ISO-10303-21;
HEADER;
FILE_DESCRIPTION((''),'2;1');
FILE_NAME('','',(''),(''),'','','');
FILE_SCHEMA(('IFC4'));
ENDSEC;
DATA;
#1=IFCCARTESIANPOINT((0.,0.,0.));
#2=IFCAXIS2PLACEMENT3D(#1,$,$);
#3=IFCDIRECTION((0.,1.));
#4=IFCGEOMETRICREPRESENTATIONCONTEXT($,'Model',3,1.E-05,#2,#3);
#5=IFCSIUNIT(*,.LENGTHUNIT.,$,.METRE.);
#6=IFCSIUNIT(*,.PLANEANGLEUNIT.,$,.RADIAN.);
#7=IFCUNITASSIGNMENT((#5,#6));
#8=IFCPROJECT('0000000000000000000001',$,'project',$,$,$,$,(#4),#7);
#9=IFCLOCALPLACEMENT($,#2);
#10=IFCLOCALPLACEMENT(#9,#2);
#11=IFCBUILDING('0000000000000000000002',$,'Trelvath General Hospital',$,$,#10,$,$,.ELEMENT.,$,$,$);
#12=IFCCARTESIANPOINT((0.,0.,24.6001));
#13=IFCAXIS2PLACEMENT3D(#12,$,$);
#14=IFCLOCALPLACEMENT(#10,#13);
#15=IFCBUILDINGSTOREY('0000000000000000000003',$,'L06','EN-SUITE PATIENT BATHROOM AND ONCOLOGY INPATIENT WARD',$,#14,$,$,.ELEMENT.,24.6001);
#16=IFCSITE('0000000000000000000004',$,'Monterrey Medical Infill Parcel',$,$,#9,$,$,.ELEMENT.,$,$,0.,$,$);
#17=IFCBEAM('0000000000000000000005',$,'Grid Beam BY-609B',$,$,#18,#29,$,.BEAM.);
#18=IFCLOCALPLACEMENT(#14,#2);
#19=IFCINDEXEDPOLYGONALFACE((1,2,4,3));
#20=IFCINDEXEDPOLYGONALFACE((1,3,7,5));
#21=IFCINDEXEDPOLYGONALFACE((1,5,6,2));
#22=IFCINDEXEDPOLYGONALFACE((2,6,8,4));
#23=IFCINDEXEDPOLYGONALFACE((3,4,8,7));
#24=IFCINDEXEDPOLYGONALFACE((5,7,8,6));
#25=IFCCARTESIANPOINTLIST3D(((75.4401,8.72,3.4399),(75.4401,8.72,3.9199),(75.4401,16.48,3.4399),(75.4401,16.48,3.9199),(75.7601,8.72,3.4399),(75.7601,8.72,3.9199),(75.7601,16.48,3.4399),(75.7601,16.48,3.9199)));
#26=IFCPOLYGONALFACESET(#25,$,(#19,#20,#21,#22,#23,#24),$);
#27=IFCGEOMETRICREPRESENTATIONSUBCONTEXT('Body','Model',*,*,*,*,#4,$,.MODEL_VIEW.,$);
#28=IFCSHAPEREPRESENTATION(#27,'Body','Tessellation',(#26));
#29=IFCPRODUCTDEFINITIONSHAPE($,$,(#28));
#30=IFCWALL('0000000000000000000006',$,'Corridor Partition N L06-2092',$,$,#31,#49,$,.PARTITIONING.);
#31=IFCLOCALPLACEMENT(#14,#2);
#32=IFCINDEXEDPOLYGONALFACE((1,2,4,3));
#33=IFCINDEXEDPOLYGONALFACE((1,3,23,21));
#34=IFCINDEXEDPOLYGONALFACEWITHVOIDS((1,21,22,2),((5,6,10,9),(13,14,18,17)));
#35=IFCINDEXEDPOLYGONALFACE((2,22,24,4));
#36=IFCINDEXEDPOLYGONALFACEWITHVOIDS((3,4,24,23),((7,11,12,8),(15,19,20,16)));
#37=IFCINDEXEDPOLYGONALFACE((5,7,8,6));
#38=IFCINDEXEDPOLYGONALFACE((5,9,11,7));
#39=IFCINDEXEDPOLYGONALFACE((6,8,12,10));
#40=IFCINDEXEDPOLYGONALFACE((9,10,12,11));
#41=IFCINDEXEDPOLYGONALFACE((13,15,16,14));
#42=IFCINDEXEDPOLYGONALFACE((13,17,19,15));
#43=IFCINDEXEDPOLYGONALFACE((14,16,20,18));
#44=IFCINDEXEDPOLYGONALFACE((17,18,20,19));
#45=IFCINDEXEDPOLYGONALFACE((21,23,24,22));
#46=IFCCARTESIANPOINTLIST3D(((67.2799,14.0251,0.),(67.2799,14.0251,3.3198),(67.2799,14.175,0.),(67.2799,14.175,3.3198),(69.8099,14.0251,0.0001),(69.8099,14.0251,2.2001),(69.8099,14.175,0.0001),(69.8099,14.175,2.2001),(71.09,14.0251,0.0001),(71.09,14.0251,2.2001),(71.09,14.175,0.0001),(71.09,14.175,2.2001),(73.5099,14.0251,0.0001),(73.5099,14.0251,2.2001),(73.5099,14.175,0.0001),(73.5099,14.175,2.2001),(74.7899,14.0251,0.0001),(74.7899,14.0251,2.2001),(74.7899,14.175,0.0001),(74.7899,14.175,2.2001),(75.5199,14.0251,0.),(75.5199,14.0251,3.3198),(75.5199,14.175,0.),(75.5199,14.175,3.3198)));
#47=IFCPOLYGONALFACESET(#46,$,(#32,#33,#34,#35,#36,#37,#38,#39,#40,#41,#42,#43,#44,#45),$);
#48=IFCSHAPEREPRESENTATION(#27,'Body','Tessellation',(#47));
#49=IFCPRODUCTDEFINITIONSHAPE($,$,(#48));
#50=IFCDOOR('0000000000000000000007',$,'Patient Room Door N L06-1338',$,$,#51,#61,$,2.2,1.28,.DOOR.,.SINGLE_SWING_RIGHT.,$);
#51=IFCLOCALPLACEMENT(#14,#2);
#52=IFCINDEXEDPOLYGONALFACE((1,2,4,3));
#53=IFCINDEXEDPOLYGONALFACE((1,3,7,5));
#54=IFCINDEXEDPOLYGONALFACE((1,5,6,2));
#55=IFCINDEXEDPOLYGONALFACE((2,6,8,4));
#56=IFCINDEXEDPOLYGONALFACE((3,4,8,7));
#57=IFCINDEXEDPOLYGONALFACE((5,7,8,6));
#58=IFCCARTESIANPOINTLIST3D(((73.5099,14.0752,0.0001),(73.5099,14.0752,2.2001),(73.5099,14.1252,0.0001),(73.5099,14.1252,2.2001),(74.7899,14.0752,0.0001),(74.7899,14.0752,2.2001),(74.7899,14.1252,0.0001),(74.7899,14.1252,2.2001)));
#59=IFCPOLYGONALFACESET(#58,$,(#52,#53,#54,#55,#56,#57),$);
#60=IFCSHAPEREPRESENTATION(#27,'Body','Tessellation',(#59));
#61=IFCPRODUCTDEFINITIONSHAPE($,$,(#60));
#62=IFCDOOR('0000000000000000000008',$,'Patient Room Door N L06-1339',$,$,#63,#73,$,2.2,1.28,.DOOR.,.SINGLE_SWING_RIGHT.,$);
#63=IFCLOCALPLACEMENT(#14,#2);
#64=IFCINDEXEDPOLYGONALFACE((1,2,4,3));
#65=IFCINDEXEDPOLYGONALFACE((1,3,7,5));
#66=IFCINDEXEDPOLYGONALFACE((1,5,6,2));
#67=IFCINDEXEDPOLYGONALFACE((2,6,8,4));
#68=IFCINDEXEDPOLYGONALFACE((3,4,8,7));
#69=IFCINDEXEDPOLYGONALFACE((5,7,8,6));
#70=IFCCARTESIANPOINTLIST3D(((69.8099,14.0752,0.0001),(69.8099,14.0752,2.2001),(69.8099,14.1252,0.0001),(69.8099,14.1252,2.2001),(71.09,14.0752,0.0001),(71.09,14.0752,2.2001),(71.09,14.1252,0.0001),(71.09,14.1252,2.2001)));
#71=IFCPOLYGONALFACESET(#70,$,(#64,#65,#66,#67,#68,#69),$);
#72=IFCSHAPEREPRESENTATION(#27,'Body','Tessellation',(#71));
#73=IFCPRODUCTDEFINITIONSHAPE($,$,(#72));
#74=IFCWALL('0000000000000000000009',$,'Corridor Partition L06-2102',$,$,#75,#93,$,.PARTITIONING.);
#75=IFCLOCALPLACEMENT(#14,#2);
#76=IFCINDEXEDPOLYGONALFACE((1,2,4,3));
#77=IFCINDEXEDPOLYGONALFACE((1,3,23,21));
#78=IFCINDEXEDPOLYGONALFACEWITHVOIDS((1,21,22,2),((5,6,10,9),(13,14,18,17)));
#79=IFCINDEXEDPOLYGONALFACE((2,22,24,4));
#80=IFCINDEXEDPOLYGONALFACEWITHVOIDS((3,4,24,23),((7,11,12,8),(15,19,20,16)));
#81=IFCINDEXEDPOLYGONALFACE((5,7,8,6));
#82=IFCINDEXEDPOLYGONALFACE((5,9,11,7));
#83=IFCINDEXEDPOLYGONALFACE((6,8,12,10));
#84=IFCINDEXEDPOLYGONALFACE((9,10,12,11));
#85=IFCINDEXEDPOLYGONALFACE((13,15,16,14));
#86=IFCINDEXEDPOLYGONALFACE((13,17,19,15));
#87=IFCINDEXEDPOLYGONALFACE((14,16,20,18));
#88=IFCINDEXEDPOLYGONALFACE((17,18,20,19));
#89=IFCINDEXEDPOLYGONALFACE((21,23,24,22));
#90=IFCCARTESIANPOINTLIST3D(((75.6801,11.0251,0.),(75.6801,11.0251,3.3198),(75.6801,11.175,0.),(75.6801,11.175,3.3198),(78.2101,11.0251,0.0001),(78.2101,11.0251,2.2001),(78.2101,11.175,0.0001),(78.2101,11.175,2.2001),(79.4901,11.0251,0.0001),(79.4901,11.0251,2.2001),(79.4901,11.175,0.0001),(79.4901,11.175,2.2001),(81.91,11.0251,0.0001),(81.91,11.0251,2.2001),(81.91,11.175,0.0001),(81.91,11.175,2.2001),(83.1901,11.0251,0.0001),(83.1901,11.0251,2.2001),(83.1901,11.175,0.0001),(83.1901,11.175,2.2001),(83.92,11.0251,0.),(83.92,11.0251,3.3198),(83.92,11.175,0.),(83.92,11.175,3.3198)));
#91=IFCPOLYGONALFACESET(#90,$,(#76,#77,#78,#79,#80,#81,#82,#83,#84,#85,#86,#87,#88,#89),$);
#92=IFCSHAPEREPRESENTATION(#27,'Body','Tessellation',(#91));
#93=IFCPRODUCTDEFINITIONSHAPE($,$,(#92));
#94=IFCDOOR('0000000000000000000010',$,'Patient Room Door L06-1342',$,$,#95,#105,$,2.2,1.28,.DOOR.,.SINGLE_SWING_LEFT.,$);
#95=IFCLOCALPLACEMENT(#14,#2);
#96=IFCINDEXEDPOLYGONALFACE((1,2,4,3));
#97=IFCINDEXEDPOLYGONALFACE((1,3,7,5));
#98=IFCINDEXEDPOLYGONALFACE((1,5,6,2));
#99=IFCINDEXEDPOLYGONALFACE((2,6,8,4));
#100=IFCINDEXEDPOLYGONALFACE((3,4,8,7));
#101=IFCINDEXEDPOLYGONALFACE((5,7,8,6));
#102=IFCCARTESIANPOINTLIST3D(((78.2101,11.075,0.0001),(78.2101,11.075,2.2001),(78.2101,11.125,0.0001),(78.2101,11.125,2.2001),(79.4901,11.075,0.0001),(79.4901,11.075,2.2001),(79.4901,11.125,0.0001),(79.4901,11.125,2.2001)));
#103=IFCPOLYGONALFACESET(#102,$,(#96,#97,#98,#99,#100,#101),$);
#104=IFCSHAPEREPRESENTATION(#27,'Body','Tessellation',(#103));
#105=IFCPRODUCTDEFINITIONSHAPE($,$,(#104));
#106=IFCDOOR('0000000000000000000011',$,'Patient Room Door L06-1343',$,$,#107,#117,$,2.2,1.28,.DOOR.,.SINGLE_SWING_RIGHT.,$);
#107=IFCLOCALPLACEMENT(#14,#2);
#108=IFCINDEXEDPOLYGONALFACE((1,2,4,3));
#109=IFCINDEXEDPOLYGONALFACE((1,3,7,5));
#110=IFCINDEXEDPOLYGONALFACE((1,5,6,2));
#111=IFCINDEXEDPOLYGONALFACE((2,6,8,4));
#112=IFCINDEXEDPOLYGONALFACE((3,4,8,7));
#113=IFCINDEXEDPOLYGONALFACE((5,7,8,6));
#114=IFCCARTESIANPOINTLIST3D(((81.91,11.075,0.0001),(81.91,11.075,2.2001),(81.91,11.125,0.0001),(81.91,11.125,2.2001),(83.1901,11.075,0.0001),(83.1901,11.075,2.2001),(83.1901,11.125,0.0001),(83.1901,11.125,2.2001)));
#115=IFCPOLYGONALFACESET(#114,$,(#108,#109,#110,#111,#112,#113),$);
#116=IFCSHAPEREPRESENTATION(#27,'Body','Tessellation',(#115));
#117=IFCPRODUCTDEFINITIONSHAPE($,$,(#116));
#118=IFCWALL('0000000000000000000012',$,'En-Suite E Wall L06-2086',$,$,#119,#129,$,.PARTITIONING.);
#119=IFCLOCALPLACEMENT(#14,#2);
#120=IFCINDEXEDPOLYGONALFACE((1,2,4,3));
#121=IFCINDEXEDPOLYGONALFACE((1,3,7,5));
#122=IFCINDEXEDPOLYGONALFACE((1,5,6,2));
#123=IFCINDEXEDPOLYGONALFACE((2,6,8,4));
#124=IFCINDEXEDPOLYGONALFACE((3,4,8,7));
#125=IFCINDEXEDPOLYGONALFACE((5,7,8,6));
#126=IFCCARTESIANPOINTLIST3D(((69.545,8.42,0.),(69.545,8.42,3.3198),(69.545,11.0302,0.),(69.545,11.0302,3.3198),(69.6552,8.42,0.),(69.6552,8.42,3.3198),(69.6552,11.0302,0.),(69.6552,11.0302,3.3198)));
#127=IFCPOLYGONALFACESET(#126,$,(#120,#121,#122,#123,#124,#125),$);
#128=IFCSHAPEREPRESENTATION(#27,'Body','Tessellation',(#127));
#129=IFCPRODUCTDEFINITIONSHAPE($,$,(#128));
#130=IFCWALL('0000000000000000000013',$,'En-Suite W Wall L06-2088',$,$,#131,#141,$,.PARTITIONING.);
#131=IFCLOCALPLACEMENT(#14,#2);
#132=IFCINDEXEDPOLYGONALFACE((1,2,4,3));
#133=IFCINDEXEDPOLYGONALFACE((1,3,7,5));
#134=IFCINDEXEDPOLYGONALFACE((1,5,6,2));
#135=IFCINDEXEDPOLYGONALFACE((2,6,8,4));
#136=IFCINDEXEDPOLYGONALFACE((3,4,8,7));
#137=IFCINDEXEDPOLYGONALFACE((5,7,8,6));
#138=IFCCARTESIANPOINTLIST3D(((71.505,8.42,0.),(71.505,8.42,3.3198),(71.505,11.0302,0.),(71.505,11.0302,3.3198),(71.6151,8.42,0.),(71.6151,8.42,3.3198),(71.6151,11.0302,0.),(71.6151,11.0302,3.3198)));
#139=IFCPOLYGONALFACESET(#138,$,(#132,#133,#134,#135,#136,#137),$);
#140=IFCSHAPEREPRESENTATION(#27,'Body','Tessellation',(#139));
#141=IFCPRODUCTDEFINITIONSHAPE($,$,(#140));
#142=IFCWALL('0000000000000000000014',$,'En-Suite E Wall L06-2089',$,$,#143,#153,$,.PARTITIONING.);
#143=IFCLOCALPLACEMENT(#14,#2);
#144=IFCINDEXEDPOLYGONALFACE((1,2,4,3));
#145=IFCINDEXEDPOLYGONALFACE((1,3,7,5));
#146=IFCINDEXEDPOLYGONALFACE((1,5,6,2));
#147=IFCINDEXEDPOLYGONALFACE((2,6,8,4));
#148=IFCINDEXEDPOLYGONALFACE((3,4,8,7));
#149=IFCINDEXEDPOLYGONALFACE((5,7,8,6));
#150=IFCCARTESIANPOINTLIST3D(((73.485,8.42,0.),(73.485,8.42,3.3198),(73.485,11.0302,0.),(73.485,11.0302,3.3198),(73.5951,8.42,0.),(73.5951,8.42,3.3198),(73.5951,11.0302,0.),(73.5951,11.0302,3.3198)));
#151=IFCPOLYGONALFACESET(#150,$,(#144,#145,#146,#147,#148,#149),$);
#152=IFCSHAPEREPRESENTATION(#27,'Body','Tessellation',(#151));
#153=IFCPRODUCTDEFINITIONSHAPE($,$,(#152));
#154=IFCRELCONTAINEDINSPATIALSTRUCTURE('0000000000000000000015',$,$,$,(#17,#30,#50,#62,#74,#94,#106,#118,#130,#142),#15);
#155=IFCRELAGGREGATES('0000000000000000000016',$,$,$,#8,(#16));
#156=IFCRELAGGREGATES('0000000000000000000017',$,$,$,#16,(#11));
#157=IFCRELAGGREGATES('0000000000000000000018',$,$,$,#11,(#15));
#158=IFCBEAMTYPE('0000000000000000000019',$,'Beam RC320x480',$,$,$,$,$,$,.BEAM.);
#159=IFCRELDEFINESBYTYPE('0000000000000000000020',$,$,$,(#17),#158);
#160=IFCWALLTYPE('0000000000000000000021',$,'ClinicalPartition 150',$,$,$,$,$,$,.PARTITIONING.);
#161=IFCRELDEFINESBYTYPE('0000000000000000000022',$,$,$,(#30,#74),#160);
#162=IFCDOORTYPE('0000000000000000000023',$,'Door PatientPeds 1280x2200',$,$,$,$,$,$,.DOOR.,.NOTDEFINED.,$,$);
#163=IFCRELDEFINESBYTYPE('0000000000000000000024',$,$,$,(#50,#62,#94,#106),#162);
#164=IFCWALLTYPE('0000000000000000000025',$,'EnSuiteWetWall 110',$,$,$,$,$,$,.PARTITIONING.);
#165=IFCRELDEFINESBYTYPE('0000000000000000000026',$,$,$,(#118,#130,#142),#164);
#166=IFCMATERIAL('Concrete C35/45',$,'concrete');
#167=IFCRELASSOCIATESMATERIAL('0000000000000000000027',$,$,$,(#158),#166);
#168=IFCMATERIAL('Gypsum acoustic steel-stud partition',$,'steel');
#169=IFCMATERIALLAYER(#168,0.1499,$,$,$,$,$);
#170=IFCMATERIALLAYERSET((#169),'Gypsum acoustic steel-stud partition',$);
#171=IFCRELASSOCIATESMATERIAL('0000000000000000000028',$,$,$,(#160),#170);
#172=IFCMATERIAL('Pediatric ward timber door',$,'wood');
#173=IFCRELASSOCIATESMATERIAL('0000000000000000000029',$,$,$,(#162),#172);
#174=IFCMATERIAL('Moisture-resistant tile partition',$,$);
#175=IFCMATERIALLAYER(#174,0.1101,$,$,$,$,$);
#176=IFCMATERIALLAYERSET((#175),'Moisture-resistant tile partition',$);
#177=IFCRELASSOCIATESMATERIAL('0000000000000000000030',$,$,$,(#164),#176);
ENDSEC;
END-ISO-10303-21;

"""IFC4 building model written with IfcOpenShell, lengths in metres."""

from ifc_helpers import new_model, si_unit, direction, frame, frame_2d, origin, origin_2d, place, context, subcontext, project, spatial, rectangle, extrude, material, layer, layer_set, material_profile, profile_set, type_object, element, fill, save


model = new_model("IFC4")

# Units and contexts
model_context = context("Model", 3, precision=1e-05, world=origin(), true_north=direction((0.0, 1.0)))
body_context = subcontext(model_context, "Body", "Model", "MODEL_VIEW")
ifc_project = project(units=[si_unit("LENGTHUNIT", "METRE"), si_unit("PLANEANGLEUNIT", "RADIAN")], contexts=[model_context])

# Site, building, storey
site_placement = place(None, origin())
site = spatial("IfcSite", under=ifc_project, at=site_placement, Name="Monterrey Medical Infill Parcel", CompositionType="ELEMENT", RefElevation=0.0)
building_placement = place(site_placement, origin())
building = spatial("IfcBuilding", under=site, at=building_placement, Name="Trelvath General Hospital", CompositionType="ELEMENT")
storey_placement = place(building_placement, frame((0.0, 0.0, 24.6001)))
storey = spatial("IfcBuildingStorey", under=building, at=storey_placement, Name="L06", Description="EN-SUITE PATIENT BATHROOM AND ONCOLOGY INPATIENT WARD", CompositionType="ELEMENT", Elevation=24.6001)

# Beam
ifc_material_1 = material(Name="Concrete C35/45", Category="concrete")
ifc_material_profile = material_profile(ifc_material_1, rectangle(XDim=0.3201, YDim=0.48, at=origin_2d()), Name="RCB320x480")
ifc_profile_set = profile_set([ifc_material_profile], Name="Concrete C35/45")
beam_type = type_object("IfcBeamType", Name="Beam RC320x480", PredefinedType="BEAM", material=ifc_profile_set)
beam_placement = place(storey_placement, frame((75.6001, 8.72, 3.6799), z_axis=(0.0, 1.0, 0.0), x_axis=(-1.0, 0.0, 0.0)))
element("IfcBeam", 1, at=beam_placement, inside=storey, type_object=beam_type, Name="Grid Beam BY-609B", PredefinedType="BEAM", context=body_context, shape_type="SweptSolid", body=[
    extrude(rectangle(XDim=0.3201, YDim=0.48, at=origin_2d()), origin(), (0.0, 0.0, 1.0), 7.76),
])

# Walls, openings, doors
ifc_material_2 = material(Name="Gypsum acoustic steel-stud partition", Category="steel")
ifc_layer_1 = layer(ifc_material_2, 0.1499)
ifc_layer_set_1 = layer_set([ifc_layer_1], Name="Gypsum acoustic steel-stud partition")
wall_type_1 = type_object("IfcWallType", Name="ClinicalPartition 150", PredefinedType="PARTITIONING", material=ifc_layer_set_1)
wall_1_placement = place(storey_placement, frame((75.52, 14.1001, 0.0), z_axis=(0.0, 0.0, 1.0), x_axis=(-1.0, 0.0, 0.0)))
wall_1 = element("IfcWall", 2, at=wall_1_placement, inside=storey, type_object=wall_type_1, Name="Corridor Partition N L06-2092", PredefinedType="PARTITIONING", context=body_context, shape_type="SweptSolid", body=[
    extrude(rectangle(XDim=8.24, YDim=0.1499, at=frame_2d((4.1201, 0.0))), origin(), (0.0, 0.0, 1.0), 3.3198),
])
opening_1_placement = place(wall_1_placement, frame((0.73, 0.0, 0.0)))
opening_1 = element("IfcOpeningElement", 3, at=opening_1_placement, cuts=wall_1, PredefinedType="OPENING", context=body_context, shape_type="SweptSolid", body=[
    extrude(rectangle(XDim=1.28, YDim=2.2, at=frame_2d((0.6401, 1.1001))), frame((0.0, 0.085, 0.0), z_axis=(0.0, -1.0, 0.0), x_axis=(1.0, 0.0, 0.0)), (0.0, 0.0, 1.0), 0.1699),
])
opening_2_placement = place(wall_1_placement, frame((4.4299, 0.0, 0.0)))
opening_2 = element("IfcOpeningElement", 4, at=opening_2_placement, cuts=wall_1, PredefinedType="OPENING", context=body_context, shape_type="SweptSolid", body=[
    extrude(rectangle(XDim=1.28, YDim=2.2, at=frame_2d((0.6401, 1.1001))), frame((0.0, 0.085, 0.0), z_axis=(0.0, -1.0, 0.0), x_axis=(1.0, 0.0, 0.0)), (0.0, 0.0, 1.0), 0.1699),
])
ifc_material_3 = material(Name="Pediatric ward timber door", Category="wood")
door_type_1 = type_object("IfcDoorType", Name="Door PatientPeds 1280x2200", OperationType="NOTDEFINED", PredefinedType="DOOR", material=ifc_material_3)
door_1_placement = place(opening_1_placement, origin())
door_1 = element("IfcDoor", 5, at=door_1_placement, inside=storey, type_object=door_type_1, Name="Patient Room Door N L06-1338", OperationType="SINGLE_SWING_RIGHT", OverallHeight=2.2, OverallWidth=1.28, PredefinedType="DOOR", context=body_context, shape_type="SweptSolid", body=[
    extrude(rectangle(XDim=1.28, YDim=2.2, at=frame_2d((0.6401, 1.1001))), frame((0.0, 0.0249, 0.0), z_axis=(0.0, -1.0, 0.0), x_axis=(1.0, 0.0, 0.0)), (0.0, 0.0, 1.0), 0.05),
])
fill(opening_1, door_1)
door_2_placement = place(opening_2_placement, origin())
door_2 = element("IfcDoor", 6, at=door_2_placement, inside=storey, type_object=door_type_1, Name="Patient Room Door N L06-1339", OperationType="SINGLE_SWING_RIGHT", OverallHeight=2.2, OverallWidth=1.28, PredefinedType="DOOR", context=body_context, shape_type="SweptSolid", body=[
    extrude(rectangle(XDim=1.28, YDim=2.2, at=frame_2d((0.6401, 1.1001))), frame((0.0, 0.0249, 0.0), z_axis=(0.0, -1.0, 0.0), x_axis=(1.0, 0.0, 0.0)), (0.0, 0.0, 1.0), 0.05),
])
fill(opening_2, door_2)
wall_2_placement = place(storey_placement, frame((75.6799, 11.1001, 0.0), z_axis=(0.0, 0.0, 1.0), x_axis=(1.0, 0.0, 0.0)))
wall_2 = element("IfcWall", 7, at=wall_2_placement, inside=storey, type_object=wall_type_1, Name="Corridor Partition L06-2102", PredefinedType="PARTITIONING", context=body_context, shape_type="SweptSolid", body=[
    extrude(rectangle(XDim=8.24, YDim=0.1499, at=frame_2d((4.1201, 0.0))), origin(), (0.0, 0.0, 1.0), 3.3198),
])
opening_3_placement = place(wall_2_placement, frame((2.53, 0.0, 0.0)))
opening_3 = element("IfcOpeningElement", 8, at=opening_3_placement, cuts=wall_2, PredefinedType="OPENING", context=body_context, shape_type="SweptSolid", body=[
    extrude(rectangle(XDim=1.28, YDim=2.2, at=frame_2d((0.6401, 1.1001))), frame((0.0, 0.085, 0.0), z_axis=(0.0, -1.0, 0.0), x_axis=(1.0, 0.0, 0.0)), (0.0, 0.0, 1.0), 0.1699),
])
opening_4_placement = place(wall_2_placement, frame((6.23, 0.0, 0.0)))
opening_4 = element("IfcOpeningElement", 9, at=opening_4_placement, cuts=wall_2, PredefinedType="OPENING", context=body_context, shape_type="SweptSolid", body=[
    extrude(rectangle(XDim=1.28, YDim=2.2, at=frame_2d((0.6401, 1.1001))), frame((0.0, 0.085, 0.0), z_axis=(0.0, -1.0, 0.0), x_axis=(1.0, 0.0, 0.0)), (0.0, 0.0, 1.0), 0.1699),
])
door_3_placement = place(opening_3_placement, origin())
door_3 = element("IfcDoor", 10, at=door_3_placement, inside=storey, type_object=door_type_1, Name="Patient Room Door L06-1342", OperationType="SINGLE_SWING_LEFT", OverallHeight=2.2, OverallWidth=1.28, PredefinedType="DOOR", context=body_context, shape_type="SweptSolid", body=[
    extrude(rectangle(XDim=1.28, YDim=2.2, at=frame_2d((0.6401, 1.1001))), frame((0.0, 0.0249, 0.0), z_axis=(0.0, -1.0, 0.0), x_axis=(1.0, 0.0, 0.0)), (0.0, 0.0, 1.0), 0.05),
])
fill(opening_3, door_3)
door_4_placement = place(opening_4_placement, origin())
door_4 = element("IfcDoor", 11, at=door_4_placement, inside=storey, type_object=door_type_1, Name="Patient Room Door L06-1343", OperationType="SINGLE_SWING_RIGHT", OverallHeight=2.2, OverallWidth=1.28, PredefinedType="DOOR", context=body_context, shape_type="SweptSolid", body=[
    extrude(rectangle(XDim=1.28, YDim=2.2, at=frame_2d((0.6401, 1.1001))), frame((0.0, 0.0249, 0.0), z_axis=(0.0, -1.0, 0.0), x_axis=(1.0, 0.0, 0.0)), (0.0, 0.0, 1.0), 0.05),
])
fill(opening_4, door_4)

# Walls
ifc_material_4 = material(Name="Moisture-resistant tile partition")
ifc_layer_2 = layer(ifc_material_4, 0.1101)
ifc_layer_set_2 = layer_set([ifc_layer_2], Name="Moisture-resistant tile partition")
wall_type_2 = type_object("IfcWallType", Name="EnSuiteWetWall 110", PredefinedType="PARTITIONING", material=ifc_layer_set_2)
for number, where, z_axis, x_axis, name in (
    (12, (69.6001, 8.4199, 0.0), (0.0, 0.0, 1.0), (0.0, 1.0, 0.0), "En-Suite E Wall L06-2086"),
    (13, (71.5601, 8.4199, 0.0), (0.0, 0.0, 1.0), (0.0, 1.0, 0.0), "En-Suite W Wall L06-2088"),
    (14, (73.54, 8.4199, 0.0), (0.0, 0.0, 1.0), (0.0, 1.0, 0.0), "En-Suite E Wall L06-2089"),
):
    element("IfcWall", number, at=place(storey_placement, frame(where, z_axis=z_axis, x_axis=x_axis)), inside=storey, type_object=wall_type_2, Name=name, PredefinedType="PARTITIONING", context=body_context, shape_type="SweptSolid", body=[
        extrude(rectangle(XDim=2.6101, YDim=0.1101, at=frame_2d((1.3052, 0.0))), origin(), (0.0, 0.0, 1.0), 3.3198),
    ])

save(model, "model.ifc")
